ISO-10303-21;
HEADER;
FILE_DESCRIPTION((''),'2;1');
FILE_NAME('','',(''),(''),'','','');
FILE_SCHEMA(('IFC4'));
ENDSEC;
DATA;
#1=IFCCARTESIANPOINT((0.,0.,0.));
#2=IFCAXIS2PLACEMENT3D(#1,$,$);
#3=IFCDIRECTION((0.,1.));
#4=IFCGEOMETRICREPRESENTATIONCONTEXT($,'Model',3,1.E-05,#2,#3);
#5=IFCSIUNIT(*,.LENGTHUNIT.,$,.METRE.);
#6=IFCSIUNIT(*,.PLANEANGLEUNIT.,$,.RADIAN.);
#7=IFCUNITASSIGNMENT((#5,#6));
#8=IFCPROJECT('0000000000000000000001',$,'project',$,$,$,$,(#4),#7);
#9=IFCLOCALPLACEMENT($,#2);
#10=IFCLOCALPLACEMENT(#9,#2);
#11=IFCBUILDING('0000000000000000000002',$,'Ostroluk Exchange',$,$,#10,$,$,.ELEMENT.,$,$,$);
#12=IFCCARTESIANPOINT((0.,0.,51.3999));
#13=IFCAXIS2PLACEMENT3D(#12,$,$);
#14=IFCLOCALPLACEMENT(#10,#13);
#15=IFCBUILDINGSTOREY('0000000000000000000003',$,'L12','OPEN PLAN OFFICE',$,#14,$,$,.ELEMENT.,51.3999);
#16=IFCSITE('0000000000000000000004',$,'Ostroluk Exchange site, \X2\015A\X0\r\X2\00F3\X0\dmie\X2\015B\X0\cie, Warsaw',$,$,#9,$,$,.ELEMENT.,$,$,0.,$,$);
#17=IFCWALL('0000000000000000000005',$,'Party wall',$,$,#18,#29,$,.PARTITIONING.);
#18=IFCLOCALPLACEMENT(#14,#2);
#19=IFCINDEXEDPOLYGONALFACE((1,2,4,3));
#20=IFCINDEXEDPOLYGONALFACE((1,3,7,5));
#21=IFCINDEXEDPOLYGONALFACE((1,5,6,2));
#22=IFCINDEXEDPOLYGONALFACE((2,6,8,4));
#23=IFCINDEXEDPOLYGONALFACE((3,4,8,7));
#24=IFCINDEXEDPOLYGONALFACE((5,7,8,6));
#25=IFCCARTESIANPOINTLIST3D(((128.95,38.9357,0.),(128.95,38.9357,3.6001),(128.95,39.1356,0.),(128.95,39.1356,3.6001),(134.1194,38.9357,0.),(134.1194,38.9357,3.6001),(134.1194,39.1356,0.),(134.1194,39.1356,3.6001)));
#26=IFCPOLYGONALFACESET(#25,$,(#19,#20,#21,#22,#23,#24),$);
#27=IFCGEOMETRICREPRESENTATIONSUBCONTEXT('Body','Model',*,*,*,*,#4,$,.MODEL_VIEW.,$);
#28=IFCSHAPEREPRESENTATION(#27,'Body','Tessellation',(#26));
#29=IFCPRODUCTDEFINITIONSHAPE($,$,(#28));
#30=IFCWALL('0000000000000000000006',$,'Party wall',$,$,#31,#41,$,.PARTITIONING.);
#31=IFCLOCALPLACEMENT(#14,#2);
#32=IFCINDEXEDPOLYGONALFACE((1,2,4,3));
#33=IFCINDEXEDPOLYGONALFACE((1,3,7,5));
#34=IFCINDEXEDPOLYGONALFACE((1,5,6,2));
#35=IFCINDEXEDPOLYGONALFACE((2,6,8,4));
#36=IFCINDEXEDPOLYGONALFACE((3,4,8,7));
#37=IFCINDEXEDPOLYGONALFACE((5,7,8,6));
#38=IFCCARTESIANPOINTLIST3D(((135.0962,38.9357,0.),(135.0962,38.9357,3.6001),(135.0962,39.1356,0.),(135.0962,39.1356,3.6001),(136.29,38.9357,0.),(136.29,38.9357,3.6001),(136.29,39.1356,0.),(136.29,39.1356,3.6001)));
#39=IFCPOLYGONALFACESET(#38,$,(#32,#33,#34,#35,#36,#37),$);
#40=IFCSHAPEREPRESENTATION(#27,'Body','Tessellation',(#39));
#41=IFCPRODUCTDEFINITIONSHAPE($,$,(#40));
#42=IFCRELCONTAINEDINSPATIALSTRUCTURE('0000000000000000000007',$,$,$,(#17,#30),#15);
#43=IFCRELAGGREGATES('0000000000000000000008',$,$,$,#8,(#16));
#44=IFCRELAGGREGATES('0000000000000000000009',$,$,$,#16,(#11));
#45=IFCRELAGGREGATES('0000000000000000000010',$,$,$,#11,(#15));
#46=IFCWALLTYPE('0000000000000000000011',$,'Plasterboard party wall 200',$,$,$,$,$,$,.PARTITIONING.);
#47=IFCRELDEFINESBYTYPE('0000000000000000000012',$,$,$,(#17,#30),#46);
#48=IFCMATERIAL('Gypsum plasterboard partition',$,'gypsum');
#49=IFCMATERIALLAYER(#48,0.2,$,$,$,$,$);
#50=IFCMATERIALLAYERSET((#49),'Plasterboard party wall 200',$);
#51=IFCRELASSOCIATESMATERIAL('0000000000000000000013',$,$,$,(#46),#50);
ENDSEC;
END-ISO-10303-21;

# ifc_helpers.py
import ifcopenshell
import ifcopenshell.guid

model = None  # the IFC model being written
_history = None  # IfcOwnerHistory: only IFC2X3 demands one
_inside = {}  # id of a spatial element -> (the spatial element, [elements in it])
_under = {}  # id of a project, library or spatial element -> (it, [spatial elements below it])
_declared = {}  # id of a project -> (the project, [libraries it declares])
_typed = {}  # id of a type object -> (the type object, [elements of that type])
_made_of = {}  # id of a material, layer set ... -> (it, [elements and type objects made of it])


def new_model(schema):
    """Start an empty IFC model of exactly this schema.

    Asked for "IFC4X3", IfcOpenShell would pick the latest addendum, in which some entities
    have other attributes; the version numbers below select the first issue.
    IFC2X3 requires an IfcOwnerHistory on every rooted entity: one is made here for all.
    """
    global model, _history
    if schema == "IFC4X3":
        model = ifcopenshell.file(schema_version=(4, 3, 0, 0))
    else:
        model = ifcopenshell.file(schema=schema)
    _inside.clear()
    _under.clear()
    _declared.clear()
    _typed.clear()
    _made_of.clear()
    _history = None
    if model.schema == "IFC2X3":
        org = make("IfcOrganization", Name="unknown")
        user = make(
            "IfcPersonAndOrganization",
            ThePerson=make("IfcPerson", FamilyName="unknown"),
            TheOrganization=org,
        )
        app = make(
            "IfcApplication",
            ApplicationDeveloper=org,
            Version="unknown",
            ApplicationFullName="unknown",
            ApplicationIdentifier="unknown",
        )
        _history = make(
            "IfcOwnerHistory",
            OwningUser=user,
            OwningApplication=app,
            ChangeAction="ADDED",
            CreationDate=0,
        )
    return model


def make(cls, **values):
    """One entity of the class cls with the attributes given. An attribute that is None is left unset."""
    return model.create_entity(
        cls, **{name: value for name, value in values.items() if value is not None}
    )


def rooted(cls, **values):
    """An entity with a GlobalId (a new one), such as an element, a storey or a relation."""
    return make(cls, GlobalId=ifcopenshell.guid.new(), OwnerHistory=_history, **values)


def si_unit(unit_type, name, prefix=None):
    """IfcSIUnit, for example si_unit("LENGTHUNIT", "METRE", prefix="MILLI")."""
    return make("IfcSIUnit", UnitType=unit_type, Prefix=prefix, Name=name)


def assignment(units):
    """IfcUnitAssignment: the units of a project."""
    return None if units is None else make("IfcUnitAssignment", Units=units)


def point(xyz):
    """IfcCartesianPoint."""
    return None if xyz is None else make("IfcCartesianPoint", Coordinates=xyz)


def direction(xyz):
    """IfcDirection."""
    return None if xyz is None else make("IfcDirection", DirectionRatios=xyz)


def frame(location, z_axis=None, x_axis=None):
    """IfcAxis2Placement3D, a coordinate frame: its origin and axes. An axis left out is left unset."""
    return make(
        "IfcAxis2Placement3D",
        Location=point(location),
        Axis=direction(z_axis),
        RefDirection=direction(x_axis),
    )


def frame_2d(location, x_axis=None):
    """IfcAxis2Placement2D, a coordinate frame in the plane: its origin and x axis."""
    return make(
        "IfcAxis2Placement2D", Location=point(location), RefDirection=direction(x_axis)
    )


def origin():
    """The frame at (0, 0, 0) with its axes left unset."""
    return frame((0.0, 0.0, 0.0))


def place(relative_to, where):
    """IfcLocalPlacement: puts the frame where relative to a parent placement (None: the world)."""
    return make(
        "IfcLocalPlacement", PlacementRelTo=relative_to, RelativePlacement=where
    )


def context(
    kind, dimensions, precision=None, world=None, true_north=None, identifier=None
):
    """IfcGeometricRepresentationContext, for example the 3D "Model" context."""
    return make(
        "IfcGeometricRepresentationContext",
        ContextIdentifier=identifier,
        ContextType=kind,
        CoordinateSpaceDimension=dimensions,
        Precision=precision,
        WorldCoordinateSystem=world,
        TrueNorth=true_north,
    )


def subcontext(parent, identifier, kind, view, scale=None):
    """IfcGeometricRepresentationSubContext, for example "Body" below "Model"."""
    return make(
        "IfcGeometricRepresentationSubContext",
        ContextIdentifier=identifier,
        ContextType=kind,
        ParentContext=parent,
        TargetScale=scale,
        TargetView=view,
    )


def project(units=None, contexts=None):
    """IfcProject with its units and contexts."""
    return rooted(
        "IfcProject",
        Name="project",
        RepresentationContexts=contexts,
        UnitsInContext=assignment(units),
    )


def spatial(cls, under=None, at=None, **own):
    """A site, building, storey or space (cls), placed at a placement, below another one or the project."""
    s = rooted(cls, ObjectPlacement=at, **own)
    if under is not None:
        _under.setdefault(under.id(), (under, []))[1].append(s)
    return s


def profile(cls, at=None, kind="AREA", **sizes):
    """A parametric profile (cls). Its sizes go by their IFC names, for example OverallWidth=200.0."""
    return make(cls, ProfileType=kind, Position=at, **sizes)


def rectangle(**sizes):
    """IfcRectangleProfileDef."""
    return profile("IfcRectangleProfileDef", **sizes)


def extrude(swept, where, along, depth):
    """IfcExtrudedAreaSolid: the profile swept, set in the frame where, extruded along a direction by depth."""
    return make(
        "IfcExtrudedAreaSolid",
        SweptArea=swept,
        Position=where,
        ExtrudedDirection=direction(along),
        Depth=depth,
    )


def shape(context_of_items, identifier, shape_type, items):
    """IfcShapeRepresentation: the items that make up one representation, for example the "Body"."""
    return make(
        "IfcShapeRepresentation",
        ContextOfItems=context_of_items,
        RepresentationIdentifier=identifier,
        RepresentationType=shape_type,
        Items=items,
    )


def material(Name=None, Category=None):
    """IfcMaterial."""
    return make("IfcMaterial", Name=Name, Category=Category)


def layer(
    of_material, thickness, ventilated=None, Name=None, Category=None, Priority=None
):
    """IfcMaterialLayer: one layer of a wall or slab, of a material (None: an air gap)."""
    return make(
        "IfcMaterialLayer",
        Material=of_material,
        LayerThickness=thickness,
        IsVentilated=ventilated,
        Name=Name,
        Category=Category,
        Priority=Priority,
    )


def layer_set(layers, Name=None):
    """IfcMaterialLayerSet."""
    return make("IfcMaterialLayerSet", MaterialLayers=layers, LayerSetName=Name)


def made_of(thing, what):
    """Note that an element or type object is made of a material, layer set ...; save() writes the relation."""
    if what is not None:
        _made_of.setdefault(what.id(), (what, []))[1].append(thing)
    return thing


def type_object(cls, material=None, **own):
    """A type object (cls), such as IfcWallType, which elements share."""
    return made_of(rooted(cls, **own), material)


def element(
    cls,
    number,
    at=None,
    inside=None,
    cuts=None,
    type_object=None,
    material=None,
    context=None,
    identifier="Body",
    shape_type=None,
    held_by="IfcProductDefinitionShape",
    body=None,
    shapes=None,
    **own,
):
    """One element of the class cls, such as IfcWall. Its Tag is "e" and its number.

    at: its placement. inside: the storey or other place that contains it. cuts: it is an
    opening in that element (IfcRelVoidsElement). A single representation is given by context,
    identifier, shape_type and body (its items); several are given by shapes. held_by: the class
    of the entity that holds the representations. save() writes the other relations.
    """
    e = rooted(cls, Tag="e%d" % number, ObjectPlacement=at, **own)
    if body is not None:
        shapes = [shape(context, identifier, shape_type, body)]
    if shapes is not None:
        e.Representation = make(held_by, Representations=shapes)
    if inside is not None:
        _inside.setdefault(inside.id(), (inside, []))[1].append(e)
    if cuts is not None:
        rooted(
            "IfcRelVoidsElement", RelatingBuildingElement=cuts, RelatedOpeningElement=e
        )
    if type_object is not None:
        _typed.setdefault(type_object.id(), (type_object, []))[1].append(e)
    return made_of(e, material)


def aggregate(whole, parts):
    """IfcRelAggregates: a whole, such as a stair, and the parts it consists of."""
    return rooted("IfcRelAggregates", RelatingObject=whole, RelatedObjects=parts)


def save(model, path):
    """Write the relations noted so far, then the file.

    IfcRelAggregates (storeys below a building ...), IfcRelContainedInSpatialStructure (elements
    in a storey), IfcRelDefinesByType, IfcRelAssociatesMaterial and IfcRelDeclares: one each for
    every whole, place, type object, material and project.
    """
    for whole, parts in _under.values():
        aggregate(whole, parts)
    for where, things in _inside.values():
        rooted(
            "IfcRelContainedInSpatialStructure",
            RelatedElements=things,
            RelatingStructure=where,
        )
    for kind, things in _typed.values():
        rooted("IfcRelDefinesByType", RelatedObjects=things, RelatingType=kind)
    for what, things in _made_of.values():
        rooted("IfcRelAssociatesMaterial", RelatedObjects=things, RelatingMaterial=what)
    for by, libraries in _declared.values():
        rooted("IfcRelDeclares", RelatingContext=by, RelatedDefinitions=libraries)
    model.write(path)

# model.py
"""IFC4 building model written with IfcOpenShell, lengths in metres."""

from ifc_helpers import new_model, si_unit, direction, frame, frame_2d, origin, place, context, subcontext, project, spatial, rectangle, extrude, material, layer, layer_set, type_object, element, save


model = new_model("IFC4")

# Units and contexts
model_context = context("Model", 3, precision=1e-05, world=origin(), true_north=direction((0.0, 1.0)))
body_context = subcontext(model_context, "Body", "Model", "MODEL_VIEW")
ifc_project = project(units=[si_unit("LENGTHUNIT", "METRE"), si_unit("PLANEANGLEUNIT", "RADIAN")], contexts=[model_context])

# Site, building, storey
site_placement = place(None, origin())
site = spatial("IfcSite", under=ifc_project, at=site_placement, Name="Ostroluk Exchange site, Śródmieście, Warsaw", CompositionType="ELEMENT", RefElevation=0.0)
building_placement = place(site_placement, origin())
building = spatial("IfcBuilding", under=site, at=building_placement, Name="Ostroluk Exchange", CompositionType="ELEMENT")
storey_placement = place(building_placement, frame((0.0, 0.0, 51.3999)))
storey = spatial("IfcBuildingStorey", under=building, at=storey_placement, Name="L12", Description="OPEN PLAN OFFICE", CompositionType="ELEMENT", Elevation=51.3999)

# Walls
ifc_material_1 = material(Name="Gypsum plasterboard partition", Category="gypsum")
ifc_layer_1 = layer(ifc_material_1, 0.2)
ifc_layer_set_1 = layer_set([ifc_layer_1], Name="Plasterboard party wall 200")
wall_type_1 = type_object("IfcWallType", Name="Plasterboard party wall 200", PredefinedType="PARTITIONING", material=ifc_layer_set_1)
wall_1_placement = place(storey_placement, frame((128.95, 39.0356, 0.0), z_axis=(0.0, 0.0, 1.0), x_axis=(1.0, 0.0, 0.0)))
element("IfcWall", 1, at=wall_1_placement, inside=storey, type_object=wall_type_1, Name="Party wall", PredefinedType="PARTITIONING", context=body_context, shape_type="SweptSolid", body=[
    extrude(rectangle(XDim=5.1694, YDim=0.2, at=frame_2d((2.5847, 0.0))), origin(), (0.0, 0.0, 1.0), 3.6001),
])
wall_2_placement = place(storey_placement, frame((135.0962, 39.0356, 0.0), z_axis=(0.0, 0.0, 1.0), x_axis=(1.0, 0.0, 0.0)))
element("IfcWall", 2, at=wall_2_placement, inside=storey, type_object=wall_type_1, Name="Party wall", PredefinedType="PARTITIONING", context=body_context, shape_type="SweptSolid", body=[
    extrude(rectangle(XDim=1.1938, YDim=0.2, at=frame_2d((0.5969, 0.0))), origin(), (0.0, 0.0, 1.0), 3.6001),
])

save(model, "model.ifc")
